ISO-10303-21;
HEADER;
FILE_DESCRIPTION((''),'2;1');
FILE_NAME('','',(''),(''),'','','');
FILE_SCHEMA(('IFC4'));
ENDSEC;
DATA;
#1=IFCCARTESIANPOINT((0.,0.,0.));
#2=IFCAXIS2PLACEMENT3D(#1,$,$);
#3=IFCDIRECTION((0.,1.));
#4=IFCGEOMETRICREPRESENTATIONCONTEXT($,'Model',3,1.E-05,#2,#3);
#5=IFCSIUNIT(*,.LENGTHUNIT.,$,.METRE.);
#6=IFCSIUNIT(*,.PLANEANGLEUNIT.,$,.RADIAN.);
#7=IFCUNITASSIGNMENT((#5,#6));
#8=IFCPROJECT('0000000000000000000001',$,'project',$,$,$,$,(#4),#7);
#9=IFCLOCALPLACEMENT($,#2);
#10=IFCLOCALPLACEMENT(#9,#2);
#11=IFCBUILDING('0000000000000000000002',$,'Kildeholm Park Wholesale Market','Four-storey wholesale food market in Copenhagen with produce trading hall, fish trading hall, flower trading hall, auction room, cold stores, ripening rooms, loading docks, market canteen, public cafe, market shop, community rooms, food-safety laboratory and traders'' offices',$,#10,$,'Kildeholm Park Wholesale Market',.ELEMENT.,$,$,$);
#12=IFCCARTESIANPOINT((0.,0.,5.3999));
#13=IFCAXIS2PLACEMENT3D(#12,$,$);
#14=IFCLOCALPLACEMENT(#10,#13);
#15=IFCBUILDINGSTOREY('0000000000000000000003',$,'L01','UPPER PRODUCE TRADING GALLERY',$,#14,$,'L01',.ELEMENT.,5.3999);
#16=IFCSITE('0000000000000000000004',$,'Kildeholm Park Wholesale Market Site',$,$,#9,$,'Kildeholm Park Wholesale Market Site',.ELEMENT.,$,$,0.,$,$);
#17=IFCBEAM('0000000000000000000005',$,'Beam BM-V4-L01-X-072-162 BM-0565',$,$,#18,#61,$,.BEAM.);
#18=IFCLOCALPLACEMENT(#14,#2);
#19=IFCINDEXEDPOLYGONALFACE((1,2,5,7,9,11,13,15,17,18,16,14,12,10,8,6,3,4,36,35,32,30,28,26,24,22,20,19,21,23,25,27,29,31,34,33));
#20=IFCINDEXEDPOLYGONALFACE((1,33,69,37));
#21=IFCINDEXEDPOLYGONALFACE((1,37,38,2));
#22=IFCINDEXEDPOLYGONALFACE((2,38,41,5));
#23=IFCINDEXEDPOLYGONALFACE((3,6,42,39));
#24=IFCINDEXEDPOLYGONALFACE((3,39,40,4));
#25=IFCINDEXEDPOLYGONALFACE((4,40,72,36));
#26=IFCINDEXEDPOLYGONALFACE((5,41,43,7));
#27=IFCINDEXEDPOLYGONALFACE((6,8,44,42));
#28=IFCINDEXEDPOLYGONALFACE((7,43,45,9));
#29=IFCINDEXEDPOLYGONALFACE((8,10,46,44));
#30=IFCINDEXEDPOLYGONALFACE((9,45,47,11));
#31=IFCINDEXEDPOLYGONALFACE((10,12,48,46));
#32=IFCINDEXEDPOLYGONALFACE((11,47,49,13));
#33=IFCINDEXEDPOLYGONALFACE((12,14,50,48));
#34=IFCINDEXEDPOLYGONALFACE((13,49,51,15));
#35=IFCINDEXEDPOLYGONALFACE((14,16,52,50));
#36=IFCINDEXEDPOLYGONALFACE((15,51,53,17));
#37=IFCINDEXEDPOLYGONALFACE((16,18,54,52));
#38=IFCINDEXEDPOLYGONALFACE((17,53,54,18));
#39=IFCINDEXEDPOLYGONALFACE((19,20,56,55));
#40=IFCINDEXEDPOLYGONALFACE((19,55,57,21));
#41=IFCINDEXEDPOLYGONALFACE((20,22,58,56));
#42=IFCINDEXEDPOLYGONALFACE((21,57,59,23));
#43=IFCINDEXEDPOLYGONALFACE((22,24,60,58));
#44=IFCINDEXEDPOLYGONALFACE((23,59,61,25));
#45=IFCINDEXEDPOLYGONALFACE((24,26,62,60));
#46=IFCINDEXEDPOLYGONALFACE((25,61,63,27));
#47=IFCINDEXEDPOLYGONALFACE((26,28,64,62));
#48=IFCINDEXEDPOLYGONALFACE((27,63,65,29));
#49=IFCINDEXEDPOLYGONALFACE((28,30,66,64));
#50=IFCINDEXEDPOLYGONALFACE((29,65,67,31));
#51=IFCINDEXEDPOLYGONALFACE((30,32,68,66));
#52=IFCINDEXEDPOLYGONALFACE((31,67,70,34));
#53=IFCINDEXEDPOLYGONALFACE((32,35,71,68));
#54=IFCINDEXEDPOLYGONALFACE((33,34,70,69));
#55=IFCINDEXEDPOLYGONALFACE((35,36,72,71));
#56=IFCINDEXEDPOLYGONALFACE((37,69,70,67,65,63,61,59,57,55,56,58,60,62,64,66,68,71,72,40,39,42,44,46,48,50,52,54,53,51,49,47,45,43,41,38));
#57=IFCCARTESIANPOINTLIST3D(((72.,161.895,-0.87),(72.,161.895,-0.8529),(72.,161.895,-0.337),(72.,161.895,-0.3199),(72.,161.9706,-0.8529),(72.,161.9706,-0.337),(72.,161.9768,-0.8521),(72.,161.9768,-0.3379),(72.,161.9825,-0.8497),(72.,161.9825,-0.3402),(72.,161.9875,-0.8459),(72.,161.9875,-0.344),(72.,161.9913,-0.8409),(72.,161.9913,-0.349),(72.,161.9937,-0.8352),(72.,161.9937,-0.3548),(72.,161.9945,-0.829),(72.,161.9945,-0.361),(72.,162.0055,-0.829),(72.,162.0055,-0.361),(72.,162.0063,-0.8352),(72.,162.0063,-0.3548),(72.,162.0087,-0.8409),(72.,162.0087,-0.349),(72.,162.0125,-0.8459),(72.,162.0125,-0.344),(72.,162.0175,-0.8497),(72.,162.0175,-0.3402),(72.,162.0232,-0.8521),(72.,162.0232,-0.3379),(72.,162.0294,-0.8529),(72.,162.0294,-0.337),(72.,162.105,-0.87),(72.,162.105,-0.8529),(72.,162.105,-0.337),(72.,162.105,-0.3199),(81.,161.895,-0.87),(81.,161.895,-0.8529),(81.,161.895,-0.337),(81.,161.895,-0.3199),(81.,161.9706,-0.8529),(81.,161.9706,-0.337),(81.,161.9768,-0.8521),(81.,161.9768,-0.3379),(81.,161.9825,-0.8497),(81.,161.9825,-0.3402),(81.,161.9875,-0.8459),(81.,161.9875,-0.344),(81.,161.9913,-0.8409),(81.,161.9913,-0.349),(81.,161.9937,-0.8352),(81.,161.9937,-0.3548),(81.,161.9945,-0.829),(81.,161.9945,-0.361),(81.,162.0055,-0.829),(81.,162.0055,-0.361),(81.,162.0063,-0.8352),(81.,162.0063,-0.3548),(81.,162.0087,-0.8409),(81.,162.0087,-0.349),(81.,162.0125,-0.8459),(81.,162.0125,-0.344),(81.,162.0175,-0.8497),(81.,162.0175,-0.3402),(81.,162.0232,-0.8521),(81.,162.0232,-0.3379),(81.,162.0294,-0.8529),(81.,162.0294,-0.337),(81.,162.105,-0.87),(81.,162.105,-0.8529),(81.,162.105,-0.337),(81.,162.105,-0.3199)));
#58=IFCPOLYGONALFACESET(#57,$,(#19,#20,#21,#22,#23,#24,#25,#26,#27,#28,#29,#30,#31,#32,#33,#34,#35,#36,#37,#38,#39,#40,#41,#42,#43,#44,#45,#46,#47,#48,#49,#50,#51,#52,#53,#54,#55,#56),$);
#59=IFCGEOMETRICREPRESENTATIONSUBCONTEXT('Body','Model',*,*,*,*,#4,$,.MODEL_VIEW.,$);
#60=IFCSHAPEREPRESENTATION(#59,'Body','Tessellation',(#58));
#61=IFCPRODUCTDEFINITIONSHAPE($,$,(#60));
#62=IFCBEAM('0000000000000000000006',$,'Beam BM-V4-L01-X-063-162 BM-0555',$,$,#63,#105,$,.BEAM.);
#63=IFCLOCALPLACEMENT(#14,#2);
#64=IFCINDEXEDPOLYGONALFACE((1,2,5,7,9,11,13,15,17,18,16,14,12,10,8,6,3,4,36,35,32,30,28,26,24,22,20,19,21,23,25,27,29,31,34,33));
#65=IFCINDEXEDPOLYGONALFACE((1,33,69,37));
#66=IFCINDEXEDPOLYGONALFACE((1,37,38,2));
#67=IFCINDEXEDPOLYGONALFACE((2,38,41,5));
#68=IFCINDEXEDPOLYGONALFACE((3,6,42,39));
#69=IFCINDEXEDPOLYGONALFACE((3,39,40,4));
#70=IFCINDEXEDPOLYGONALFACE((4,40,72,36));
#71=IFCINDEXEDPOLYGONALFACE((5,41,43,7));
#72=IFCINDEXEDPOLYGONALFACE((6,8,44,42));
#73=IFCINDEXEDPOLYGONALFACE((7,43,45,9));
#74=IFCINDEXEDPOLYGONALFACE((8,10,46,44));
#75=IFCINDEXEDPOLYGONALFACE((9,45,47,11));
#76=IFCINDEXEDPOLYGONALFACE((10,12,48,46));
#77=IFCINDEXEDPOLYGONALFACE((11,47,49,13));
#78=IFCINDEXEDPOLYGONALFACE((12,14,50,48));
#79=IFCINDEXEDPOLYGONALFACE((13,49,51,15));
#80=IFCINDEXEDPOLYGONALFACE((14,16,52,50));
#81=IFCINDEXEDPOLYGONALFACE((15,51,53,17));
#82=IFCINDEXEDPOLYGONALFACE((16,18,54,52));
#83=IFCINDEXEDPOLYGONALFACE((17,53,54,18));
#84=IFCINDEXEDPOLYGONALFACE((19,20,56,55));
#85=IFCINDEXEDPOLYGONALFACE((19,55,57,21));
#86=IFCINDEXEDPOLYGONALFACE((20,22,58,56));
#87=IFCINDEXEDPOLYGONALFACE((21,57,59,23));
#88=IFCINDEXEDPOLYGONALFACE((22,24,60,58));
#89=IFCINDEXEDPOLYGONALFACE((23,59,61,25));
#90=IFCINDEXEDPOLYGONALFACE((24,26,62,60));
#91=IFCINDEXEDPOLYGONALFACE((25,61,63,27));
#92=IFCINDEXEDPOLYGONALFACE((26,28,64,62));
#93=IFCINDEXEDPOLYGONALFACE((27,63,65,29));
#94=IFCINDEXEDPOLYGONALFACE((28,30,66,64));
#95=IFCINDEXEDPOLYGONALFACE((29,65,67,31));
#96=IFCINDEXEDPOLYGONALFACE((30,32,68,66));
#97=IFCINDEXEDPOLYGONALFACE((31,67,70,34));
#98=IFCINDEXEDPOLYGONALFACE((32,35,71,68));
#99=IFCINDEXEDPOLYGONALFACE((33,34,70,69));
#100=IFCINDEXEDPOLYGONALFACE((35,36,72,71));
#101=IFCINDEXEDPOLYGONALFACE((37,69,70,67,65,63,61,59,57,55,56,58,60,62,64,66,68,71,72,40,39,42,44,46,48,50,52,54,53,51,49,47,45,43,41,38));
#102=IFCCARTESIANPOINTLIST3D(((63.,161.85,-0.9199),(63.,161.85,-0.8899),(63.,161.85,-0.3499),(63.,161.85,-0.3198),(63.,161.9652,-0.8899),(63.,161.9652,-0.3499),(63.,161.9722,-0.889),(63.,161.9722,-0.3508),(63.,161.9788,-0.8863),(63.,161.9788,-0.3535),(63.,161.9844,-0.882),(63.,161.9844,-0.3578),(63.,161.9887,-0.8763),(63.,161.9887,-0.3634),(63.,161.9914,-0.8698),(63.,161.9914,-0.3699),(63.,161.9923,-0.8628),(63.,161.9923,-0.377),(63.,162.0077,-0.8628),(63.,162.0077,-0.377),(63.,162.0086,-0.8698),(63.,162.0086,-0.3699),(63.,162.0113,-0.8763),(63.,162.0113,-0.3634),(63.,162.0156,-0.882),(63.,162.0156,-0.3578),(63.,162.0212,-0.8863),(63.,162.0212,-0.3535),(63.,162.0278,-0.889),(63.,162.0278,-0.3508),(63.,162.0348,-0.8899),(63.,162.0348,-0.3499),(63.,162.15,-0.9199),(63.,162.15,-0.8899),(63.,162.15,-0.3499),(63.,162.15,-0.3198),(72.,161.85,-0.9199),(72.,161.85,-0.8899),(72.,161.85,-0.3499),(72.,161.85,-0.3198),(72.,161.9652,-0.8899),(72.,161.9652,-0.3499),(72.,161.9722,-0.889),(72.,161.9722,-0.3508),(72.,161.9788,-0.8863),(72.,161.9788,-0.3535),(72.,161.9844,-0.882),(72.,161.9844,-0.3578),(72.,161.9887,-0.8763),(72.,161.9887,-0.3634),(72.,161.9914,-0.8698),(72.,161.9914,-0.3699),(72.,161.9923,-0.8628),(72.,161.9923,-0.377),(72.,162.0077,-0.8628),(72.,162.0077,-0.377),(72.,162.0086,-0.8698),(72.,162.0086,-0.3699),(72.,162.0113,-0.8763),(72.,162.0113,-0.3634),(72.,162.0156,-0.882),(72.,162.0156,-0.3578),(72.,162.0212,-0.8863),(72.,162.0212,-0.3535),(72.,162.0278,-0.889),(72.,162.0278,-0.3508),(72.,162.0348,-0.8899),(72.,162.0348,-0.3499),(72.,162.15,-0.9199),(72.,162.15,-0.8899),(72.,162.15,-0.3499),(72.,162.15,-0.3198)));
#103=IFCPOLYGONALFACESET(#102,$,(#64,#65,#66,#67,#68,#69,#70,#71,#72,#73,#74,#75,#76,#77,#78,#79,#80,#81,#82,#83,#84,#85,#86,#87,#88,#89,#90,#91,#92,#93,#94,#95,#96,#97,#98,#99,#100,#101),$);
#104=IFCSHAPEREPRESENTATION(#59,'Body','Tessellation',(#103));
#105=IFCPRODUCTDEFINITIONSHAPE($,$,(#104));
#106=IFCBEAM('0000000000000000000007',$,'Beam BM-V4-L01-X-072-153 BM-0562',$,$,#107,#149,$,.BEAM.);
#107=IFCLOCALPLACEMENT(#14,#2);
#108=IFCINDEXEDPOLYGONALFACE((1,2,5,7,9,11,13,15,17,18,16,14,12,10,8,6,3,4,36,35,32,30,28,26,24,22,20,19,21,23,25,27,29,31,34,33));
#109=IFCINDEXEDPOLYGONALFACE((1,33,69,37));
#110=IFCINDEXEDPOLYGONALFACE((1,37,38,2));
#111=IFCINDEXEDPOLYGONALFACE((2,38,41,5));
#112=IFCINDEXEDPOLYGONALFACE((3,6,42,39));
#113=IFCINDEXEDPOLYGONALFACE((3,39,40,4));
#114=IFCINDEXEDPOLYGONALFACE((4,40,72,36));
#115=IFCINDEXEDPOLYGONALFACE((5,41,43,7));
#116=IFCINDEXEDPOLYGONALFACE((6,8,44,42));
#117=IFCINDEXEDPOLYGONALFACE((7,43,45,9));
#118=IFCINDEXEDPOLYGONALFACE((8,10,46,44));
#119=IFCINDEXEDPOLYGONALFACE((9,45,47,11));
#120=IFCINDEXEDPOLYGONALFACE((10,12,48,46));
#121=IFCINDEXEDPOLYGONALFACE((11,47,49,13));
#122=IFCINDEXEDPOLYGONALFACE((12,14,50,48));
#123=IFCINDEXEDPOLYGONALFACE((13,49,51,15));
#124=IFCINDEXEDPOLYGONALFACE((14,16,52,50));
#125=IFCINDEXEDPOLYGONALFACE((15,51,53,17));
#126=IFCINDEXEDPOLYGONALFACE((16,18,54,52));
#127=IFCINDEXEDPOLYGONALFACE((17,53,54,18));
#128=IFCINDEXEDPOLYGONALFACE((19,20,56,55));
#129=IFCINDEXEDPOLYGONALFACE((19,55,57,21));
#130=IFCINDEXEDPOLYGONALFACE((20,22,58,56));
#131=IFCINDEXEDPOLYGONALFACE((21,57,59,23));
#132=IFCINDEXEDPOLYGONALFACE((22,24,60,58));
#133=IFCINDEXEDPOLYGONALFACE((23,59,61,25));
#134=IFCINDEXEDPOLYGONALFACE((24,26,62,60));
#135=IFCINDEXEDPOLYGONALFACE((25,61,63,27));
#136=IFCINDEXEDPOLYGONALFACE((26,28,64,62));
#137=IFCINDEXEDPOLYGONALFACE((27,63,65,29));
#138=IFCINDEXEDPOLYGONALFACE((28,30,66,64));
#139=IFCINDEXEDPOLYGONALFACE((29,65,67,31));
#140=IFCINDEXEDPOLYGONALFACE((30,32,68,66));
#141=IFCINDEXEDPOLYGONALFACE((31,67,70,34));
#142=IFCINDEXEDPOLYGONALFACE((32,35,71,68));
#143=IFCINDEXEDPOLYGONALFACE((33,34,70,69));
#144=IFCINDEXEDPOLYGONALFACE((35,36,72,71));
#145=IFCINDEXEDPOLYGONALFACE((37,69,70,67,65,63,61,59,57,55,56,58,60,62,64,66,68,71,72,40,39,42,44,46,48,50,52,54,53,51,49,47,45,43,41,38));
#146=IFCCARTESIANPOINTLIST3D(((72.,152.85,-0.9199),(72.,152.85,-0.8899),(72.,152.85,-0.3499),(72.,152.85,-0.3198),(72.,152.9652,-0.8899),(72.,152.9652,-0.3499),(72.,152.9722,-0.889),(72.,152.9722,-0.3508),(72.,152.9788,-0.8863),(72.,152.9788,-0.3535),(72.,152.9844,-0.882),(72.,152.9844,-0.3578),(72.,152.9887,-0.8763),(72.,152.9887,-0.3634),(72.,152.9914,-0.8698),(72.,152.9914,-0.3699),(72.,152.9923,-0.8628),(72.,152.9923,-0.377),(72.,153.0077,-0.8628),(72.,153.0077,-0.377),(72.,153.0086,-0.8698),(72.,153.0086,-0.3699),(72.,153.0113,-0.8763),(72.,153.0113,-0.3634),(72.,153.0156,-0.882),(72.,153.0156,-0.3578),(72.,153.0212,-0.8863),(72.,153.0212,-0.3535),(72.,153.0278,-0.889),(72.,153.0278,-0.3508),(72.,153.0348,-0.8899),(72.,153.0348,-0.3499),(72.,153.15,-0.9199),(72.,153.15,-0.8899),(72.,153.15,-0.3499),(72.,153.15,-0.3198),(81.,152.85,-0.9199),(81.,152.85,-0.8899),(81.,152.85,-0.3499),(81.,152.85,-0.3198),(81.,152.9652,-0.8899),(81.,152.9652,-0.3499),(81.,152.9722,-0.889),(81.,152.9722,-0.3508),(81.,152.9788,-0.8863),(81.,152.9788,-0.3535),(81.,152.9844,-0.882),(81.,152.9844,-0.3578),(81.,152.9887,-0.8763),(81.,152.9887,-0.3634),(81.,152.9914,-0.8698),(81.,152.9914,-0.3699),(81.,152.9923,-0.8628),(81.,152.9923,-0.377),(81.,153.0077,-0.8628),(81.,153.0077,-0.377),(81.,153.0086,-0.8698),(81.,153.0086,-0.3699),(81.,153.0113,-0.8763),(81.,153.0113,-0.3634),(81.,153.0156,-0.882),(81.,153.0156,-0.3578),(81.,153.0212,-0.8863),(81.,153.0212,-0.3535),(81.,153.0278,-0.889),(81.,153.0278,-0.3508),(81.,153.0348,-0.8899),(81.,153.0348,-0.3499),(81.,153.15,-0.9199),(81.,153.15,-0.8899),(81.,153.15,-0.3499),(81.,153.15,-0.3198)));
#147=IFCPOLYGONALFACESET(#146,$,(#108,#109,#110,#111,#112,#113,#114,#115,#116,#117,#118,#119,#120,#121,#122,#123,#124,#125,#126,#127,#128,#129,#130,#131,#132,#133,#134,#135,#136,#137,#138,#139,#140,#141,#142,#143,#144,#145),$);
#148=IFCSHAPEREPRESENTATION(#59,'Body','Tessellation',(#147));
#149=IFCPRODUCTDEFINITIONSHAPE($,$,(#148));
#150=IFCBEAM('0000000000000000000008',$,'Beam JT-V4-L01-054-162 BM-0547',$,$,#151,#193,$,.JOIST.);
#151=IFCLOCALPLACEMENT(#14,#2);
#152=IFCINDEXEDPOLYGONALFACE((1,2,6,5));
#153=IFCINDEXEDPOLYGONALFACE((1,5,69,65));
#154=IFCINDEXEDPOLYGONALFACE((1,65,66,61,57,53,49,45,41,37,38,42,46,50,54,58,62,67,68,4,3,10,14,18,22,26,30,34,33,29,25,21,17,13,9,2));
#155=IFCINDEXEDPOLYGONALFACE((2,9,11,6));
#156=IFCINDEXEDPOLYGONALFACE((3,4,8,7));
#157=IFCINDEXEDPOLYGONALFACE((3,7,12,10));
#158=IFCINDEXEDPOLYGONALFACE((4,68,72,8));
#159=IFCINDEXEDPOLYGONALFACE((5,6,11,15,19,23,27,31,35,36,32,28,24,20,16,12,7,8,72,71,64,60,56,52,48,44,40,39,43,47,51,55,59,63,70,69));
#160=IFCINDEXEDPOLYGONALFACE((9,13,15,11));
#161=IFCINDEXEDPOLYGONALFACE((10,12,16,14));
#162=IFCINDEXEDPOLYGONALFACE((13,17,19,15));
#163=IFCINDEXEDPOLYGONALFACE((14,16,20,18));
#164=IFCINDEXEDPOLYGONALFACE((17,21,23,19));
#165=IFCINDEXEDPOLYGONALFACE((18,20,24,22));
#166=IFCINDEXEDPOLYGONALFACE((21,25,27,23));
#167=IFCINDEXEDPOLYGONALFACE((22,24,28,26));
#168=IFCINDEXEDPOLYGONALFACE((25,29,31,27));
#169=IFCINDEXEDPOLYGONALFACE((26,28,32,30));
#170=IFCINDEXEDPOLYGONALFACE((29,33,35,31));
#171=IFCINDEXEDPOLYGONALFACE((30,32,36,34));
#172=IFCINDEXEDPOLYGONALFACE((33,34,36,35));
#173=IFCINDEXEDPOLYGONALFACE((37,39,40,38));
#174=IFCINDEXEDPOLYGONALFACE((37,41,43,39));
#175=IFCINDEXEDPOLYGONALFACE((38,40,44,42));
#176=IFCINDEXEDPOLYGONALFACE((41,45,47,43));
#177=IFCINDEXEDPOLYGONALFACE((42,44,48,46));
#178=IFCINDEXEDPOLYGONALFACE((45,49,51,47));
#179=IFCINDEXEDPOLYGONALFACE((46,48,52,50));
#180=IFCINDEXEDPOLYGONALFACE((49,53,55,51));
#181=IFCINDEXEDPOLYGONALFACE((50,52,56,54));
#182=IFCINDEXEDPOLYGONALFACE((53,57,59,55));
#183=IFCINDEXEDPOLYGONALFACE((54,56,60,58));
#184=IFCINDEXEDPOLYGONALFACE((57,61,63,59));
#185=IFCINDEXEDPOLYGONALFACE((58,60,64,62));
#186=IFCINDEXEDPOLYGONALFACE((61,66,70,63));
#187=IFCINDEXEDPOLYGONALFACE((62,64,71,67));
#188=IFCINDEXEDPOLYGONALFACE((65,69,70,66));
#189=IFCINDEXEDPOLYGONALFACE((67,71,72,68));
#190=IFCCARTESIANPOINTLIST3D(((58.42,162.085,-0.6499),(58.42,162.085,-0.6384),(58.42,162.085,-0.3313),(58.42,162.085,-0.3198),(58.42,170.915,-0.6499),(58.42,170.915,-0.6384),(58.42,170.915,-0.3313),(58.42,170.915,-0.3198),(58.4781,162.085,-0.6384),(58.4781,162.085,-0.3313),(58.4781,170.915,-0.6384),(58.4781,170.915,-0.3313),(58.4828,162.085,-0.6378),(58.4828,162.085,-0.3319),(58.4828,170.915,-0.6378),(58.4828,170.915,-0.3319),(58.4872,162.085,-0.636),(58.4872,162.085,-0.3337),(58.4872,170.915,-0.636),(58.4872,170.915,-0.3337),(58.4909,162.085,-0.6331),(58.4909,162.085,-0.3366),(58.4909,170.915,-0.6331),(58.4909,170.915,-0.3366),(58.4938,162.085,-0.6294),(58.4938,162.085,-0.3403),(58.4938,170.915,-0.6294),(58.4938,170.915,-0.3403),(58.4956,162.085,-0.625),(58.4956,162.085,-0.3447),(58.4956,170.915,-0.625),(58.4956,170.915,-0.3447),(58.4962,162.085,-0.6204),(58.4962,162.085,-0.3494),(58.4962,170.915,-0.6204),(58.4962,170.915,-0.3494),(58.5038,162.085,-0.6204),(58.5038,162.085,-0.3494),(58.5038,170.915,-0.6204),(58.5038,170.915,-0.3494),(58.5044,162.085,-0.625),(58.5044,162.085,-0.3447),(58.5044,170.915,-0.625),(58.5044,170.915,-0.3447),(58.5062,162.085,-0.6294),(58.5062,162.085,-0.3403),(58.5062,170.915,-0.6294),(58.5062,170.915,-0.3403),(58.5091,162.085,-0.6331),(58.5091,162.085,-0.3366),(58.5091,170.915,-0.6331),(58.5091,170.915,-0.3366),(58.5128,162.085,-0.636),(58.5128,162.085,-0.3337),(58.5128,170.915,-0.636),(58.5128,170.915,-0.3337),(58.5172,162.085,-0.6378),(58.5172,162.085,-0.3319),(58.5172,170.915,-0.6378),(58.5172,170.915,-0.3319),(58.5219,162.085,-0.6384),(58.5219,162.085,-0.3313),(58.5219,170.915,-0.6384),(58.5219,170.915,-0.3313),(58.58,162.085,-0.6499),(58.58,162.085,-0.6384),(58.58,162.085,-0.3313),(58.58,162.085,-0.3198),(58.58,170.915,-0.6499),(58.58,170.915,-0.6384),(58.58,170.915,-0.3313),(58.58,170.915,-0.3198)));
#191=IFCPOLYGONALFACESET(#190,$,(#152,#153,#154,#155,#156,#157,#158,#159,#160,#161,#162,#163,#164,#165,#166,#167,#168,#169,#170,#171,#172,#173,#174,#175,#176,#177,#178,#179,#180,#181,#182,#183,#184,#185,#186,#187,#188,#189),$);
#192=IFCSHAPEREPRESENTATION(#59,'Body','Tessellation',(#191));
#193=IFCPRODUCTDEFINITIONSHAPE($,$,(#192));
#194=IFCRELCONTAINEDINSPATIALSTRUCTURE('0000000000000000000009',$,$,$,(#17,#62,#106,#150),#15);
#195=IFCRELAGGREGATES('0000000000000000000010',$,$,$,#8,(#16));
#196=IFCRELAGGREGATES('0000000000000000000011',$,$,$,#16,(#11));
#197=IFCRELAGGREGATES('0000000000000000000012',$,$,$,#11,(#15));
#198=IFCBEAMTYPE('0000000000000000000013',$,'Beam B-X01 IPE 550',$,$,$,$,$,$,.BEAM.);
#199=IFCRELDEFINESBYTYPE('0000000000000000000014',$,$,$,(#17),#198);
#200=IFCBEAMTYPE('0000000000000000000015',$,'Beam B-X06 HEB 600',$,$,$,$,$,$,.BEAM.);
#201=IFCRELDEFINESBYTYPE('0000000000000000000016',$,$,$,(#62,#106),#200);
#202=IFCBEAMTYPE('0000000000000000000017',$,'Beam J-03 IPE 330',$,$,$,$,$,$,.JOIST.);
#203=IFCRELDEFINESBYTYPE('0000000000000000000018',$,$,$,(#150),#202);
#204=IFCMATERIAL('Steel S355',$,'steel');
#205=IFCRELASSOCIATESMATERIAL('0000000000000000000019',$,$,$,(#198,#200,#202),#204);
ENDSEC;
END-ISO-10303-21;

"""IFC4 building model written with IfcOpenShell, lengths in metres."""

from ifc_helpers import new_model, si_unit, direction, frame, origin, origin_2d, place, context, subcontext, project, spatial, i_section, extrude, material, material_profile, profile_set, type_object, element, save


model = new_model("IFC4")

# Units and contexts
model_context = context("Model", 3, precision=1e-05, world=origin(), true_north=direction((0.0, 1.0)))
body_context = subcontext(model_context, "Body", "Model", "MODEL_VIEW")
ifc_project = project(units=[si_unit("LENGTHUNIT", "METRE"), si_unit("PLANEANGLEUNIT", "RADIAN")], contexts=[model_context])

# Site, building, storey
site_placement = place(None, origin())
site = spatial("IfcSite", under=ifc_project, at=site_placement, Name="Kildeholm Park Wholesale Market Site", LongName="Kildeholm Park Wholesale Market Site", CompositionType="ELEMENT", RefElevation=0.0)
building_placement = place(site_placement, origin())
building = spatial("IfcBuilding", under=site, at=building_placement, Name="Kildeholm Park Wholesale Market", Description="Four-storey wholesale food market in Copenhagen with produce trading hall, fish trading hall, flower trading hall, auction room, cold stores, ripening rooms, loading docks, market canteen, public cafe, market shop, community rooms, food-safety laboratory and traders' offices", LongName="Kildeholm Park Wholesale Market", CompositionType="ELEMENT")
storey_placement = place(building_placement, frame((0.0, 0.0, 5.3999)))
storey = spatial("IfcBuildingStorey", under=building, at=storey_placement, Name="L01", Description="UPPER PRODUCE TRADING GALLERY", LongName="L01", CompositionType="ELEMENT", Elevation=5.3999)

# Beams
ifc_material_1 = material(Name="Steel S355", Category="steel")
ifc_material_profile_1 = material_profile(ifc_material_1, i_section(OverallWidth=0.21, OverallDepth=0.55, WebThickness=0.011, FlangeThickness=0.0171, FilletRadius=0.0239, at=origin_2d()), Name="IPE 550")
ifc_profile_set_1 = profile_set([ifc_material_profile_1], Name="Steel S355")
beam_type_1 = type_object("IfcBeamType", Name="Beam B-X01 IPE 550", PredefinedType="BEAM", material=ifc_profile_set_1)
beam_placement = place(storey_placement, frame((72.0, 162.0, -0.595), z_axis=(1.0, 0.0, 0.0), x_axis=(0.0, 1.0, 0.0)))
element("IfcBeam", 1, at=beam_placement, inside=storey, type_object=beam_type_1, Name="Beam BM-V4-L01-X-072-162 BM-0565", PredefinedType="BEAM", context=body_context, shape_type="SweptSolid", body=[
    extrude(i_section(OverallWidth=0.21, OverallDepth=0.55, WebThickness=0.011, FlangeThickness=0.0171, FilletRadius=0.0239, at=origin_2d()), origin(), (0.0, 0.0, 1.0), 9.0),
])
ifc_material_profile_2 = material_profile(ifc_material_1, i_section(OverallWidth=0.3, OverallDepth=0.6001, WebThickness=0.0154, FlangeThickness=0.03, FilletRadius=0.0271, at=origin_2d()), Name="HEB 600")
ifc_profile_set_2 = profile_set([ifc_material_profile_2], Name="Steel S355")
beam_type_2 = type_object("IfcBeamType", Name="Beam B-X06 HEB 600", PredefinedType="BEAM", material=ifc_profile_set_2)
for number, where, z_axis, x_axis, name in (
    (2, (63.0, 162.0, -0.6199), (1.0, 0.0, 0.0), (0.0, 1.0, 0.0), "Beam BM-V4-L01-X-063-162 BM-0555"),
    (3, (72.0, 153.0, -0.6199), (1.0, 0.0, 0.0), (0.0, 1.0, 0.0), "Beam BM-V4-L01-X-072-153 BM-0562"),
):
    element("IfcBeam", number, at=place(storey_placement, frame(where, z_axis=z_axis, x_axis=x_axis)), inside=storey, type_object=beam_type_2, Name=name, PredefinedType="BEAM", context=body_context, shape_type="SweptSolid", body=[
        extrude(i_section(OverallWidth=0.3, OverallDepth=0.6001, WebThickness=0.0154, FlangeThickness=0.03, FilletRadius=0.0271, at=origin_2d()), origin(), (0.0, 0.0, 1.0), 9.0),
    ])
ifc_material_profile_3 = material_profile(ifc_material_1, i_section(OverallWidth=0.1599, OverallDepth=0.3301, WebThickness=0.0076, FlangeThickness=0.0115, FilletRadius=0.0181, at=origin_2d()), Name="IPE 330")
ifc_profile_set_3 = profile_set([ifc_material_profile_3], Name="Steel S355")
beam_type_3 = type_object("IfcBeamType", Name="Beam J-03 IPE 330", PredefinedType="JOIST", material=ifc_profile_set_3)
for number, where, z_axis, x_axis, name in (
    (4, (58.5, 162.085, -0.4849), (0.0, 1.0, 0.0), (-1.0, 0.0, 0.0), "Beam JT-V4-L01-054-162 BM-0547"),
):
    element("IfcBeam", number, at=place(storey_placement, frame(where, z_axis=z_axis, x_axis=x_axis)), inside=storey, type_object=beam_type_3, Name=name, PredefinedType="JOIST", context=body_context, shape_type="SweptSolid", body=[
        extrude(i_section(OverallWidth=0.1599, OverallDepth=0.3301, WebThickness=0.0076, FlangeThickness=0.0115, FilletRadius=0.0181, at=origin_2d()), origin(), (0.0, 0.0, 1.0), 8.8301),
    ])

save(model, "model.ifc")
